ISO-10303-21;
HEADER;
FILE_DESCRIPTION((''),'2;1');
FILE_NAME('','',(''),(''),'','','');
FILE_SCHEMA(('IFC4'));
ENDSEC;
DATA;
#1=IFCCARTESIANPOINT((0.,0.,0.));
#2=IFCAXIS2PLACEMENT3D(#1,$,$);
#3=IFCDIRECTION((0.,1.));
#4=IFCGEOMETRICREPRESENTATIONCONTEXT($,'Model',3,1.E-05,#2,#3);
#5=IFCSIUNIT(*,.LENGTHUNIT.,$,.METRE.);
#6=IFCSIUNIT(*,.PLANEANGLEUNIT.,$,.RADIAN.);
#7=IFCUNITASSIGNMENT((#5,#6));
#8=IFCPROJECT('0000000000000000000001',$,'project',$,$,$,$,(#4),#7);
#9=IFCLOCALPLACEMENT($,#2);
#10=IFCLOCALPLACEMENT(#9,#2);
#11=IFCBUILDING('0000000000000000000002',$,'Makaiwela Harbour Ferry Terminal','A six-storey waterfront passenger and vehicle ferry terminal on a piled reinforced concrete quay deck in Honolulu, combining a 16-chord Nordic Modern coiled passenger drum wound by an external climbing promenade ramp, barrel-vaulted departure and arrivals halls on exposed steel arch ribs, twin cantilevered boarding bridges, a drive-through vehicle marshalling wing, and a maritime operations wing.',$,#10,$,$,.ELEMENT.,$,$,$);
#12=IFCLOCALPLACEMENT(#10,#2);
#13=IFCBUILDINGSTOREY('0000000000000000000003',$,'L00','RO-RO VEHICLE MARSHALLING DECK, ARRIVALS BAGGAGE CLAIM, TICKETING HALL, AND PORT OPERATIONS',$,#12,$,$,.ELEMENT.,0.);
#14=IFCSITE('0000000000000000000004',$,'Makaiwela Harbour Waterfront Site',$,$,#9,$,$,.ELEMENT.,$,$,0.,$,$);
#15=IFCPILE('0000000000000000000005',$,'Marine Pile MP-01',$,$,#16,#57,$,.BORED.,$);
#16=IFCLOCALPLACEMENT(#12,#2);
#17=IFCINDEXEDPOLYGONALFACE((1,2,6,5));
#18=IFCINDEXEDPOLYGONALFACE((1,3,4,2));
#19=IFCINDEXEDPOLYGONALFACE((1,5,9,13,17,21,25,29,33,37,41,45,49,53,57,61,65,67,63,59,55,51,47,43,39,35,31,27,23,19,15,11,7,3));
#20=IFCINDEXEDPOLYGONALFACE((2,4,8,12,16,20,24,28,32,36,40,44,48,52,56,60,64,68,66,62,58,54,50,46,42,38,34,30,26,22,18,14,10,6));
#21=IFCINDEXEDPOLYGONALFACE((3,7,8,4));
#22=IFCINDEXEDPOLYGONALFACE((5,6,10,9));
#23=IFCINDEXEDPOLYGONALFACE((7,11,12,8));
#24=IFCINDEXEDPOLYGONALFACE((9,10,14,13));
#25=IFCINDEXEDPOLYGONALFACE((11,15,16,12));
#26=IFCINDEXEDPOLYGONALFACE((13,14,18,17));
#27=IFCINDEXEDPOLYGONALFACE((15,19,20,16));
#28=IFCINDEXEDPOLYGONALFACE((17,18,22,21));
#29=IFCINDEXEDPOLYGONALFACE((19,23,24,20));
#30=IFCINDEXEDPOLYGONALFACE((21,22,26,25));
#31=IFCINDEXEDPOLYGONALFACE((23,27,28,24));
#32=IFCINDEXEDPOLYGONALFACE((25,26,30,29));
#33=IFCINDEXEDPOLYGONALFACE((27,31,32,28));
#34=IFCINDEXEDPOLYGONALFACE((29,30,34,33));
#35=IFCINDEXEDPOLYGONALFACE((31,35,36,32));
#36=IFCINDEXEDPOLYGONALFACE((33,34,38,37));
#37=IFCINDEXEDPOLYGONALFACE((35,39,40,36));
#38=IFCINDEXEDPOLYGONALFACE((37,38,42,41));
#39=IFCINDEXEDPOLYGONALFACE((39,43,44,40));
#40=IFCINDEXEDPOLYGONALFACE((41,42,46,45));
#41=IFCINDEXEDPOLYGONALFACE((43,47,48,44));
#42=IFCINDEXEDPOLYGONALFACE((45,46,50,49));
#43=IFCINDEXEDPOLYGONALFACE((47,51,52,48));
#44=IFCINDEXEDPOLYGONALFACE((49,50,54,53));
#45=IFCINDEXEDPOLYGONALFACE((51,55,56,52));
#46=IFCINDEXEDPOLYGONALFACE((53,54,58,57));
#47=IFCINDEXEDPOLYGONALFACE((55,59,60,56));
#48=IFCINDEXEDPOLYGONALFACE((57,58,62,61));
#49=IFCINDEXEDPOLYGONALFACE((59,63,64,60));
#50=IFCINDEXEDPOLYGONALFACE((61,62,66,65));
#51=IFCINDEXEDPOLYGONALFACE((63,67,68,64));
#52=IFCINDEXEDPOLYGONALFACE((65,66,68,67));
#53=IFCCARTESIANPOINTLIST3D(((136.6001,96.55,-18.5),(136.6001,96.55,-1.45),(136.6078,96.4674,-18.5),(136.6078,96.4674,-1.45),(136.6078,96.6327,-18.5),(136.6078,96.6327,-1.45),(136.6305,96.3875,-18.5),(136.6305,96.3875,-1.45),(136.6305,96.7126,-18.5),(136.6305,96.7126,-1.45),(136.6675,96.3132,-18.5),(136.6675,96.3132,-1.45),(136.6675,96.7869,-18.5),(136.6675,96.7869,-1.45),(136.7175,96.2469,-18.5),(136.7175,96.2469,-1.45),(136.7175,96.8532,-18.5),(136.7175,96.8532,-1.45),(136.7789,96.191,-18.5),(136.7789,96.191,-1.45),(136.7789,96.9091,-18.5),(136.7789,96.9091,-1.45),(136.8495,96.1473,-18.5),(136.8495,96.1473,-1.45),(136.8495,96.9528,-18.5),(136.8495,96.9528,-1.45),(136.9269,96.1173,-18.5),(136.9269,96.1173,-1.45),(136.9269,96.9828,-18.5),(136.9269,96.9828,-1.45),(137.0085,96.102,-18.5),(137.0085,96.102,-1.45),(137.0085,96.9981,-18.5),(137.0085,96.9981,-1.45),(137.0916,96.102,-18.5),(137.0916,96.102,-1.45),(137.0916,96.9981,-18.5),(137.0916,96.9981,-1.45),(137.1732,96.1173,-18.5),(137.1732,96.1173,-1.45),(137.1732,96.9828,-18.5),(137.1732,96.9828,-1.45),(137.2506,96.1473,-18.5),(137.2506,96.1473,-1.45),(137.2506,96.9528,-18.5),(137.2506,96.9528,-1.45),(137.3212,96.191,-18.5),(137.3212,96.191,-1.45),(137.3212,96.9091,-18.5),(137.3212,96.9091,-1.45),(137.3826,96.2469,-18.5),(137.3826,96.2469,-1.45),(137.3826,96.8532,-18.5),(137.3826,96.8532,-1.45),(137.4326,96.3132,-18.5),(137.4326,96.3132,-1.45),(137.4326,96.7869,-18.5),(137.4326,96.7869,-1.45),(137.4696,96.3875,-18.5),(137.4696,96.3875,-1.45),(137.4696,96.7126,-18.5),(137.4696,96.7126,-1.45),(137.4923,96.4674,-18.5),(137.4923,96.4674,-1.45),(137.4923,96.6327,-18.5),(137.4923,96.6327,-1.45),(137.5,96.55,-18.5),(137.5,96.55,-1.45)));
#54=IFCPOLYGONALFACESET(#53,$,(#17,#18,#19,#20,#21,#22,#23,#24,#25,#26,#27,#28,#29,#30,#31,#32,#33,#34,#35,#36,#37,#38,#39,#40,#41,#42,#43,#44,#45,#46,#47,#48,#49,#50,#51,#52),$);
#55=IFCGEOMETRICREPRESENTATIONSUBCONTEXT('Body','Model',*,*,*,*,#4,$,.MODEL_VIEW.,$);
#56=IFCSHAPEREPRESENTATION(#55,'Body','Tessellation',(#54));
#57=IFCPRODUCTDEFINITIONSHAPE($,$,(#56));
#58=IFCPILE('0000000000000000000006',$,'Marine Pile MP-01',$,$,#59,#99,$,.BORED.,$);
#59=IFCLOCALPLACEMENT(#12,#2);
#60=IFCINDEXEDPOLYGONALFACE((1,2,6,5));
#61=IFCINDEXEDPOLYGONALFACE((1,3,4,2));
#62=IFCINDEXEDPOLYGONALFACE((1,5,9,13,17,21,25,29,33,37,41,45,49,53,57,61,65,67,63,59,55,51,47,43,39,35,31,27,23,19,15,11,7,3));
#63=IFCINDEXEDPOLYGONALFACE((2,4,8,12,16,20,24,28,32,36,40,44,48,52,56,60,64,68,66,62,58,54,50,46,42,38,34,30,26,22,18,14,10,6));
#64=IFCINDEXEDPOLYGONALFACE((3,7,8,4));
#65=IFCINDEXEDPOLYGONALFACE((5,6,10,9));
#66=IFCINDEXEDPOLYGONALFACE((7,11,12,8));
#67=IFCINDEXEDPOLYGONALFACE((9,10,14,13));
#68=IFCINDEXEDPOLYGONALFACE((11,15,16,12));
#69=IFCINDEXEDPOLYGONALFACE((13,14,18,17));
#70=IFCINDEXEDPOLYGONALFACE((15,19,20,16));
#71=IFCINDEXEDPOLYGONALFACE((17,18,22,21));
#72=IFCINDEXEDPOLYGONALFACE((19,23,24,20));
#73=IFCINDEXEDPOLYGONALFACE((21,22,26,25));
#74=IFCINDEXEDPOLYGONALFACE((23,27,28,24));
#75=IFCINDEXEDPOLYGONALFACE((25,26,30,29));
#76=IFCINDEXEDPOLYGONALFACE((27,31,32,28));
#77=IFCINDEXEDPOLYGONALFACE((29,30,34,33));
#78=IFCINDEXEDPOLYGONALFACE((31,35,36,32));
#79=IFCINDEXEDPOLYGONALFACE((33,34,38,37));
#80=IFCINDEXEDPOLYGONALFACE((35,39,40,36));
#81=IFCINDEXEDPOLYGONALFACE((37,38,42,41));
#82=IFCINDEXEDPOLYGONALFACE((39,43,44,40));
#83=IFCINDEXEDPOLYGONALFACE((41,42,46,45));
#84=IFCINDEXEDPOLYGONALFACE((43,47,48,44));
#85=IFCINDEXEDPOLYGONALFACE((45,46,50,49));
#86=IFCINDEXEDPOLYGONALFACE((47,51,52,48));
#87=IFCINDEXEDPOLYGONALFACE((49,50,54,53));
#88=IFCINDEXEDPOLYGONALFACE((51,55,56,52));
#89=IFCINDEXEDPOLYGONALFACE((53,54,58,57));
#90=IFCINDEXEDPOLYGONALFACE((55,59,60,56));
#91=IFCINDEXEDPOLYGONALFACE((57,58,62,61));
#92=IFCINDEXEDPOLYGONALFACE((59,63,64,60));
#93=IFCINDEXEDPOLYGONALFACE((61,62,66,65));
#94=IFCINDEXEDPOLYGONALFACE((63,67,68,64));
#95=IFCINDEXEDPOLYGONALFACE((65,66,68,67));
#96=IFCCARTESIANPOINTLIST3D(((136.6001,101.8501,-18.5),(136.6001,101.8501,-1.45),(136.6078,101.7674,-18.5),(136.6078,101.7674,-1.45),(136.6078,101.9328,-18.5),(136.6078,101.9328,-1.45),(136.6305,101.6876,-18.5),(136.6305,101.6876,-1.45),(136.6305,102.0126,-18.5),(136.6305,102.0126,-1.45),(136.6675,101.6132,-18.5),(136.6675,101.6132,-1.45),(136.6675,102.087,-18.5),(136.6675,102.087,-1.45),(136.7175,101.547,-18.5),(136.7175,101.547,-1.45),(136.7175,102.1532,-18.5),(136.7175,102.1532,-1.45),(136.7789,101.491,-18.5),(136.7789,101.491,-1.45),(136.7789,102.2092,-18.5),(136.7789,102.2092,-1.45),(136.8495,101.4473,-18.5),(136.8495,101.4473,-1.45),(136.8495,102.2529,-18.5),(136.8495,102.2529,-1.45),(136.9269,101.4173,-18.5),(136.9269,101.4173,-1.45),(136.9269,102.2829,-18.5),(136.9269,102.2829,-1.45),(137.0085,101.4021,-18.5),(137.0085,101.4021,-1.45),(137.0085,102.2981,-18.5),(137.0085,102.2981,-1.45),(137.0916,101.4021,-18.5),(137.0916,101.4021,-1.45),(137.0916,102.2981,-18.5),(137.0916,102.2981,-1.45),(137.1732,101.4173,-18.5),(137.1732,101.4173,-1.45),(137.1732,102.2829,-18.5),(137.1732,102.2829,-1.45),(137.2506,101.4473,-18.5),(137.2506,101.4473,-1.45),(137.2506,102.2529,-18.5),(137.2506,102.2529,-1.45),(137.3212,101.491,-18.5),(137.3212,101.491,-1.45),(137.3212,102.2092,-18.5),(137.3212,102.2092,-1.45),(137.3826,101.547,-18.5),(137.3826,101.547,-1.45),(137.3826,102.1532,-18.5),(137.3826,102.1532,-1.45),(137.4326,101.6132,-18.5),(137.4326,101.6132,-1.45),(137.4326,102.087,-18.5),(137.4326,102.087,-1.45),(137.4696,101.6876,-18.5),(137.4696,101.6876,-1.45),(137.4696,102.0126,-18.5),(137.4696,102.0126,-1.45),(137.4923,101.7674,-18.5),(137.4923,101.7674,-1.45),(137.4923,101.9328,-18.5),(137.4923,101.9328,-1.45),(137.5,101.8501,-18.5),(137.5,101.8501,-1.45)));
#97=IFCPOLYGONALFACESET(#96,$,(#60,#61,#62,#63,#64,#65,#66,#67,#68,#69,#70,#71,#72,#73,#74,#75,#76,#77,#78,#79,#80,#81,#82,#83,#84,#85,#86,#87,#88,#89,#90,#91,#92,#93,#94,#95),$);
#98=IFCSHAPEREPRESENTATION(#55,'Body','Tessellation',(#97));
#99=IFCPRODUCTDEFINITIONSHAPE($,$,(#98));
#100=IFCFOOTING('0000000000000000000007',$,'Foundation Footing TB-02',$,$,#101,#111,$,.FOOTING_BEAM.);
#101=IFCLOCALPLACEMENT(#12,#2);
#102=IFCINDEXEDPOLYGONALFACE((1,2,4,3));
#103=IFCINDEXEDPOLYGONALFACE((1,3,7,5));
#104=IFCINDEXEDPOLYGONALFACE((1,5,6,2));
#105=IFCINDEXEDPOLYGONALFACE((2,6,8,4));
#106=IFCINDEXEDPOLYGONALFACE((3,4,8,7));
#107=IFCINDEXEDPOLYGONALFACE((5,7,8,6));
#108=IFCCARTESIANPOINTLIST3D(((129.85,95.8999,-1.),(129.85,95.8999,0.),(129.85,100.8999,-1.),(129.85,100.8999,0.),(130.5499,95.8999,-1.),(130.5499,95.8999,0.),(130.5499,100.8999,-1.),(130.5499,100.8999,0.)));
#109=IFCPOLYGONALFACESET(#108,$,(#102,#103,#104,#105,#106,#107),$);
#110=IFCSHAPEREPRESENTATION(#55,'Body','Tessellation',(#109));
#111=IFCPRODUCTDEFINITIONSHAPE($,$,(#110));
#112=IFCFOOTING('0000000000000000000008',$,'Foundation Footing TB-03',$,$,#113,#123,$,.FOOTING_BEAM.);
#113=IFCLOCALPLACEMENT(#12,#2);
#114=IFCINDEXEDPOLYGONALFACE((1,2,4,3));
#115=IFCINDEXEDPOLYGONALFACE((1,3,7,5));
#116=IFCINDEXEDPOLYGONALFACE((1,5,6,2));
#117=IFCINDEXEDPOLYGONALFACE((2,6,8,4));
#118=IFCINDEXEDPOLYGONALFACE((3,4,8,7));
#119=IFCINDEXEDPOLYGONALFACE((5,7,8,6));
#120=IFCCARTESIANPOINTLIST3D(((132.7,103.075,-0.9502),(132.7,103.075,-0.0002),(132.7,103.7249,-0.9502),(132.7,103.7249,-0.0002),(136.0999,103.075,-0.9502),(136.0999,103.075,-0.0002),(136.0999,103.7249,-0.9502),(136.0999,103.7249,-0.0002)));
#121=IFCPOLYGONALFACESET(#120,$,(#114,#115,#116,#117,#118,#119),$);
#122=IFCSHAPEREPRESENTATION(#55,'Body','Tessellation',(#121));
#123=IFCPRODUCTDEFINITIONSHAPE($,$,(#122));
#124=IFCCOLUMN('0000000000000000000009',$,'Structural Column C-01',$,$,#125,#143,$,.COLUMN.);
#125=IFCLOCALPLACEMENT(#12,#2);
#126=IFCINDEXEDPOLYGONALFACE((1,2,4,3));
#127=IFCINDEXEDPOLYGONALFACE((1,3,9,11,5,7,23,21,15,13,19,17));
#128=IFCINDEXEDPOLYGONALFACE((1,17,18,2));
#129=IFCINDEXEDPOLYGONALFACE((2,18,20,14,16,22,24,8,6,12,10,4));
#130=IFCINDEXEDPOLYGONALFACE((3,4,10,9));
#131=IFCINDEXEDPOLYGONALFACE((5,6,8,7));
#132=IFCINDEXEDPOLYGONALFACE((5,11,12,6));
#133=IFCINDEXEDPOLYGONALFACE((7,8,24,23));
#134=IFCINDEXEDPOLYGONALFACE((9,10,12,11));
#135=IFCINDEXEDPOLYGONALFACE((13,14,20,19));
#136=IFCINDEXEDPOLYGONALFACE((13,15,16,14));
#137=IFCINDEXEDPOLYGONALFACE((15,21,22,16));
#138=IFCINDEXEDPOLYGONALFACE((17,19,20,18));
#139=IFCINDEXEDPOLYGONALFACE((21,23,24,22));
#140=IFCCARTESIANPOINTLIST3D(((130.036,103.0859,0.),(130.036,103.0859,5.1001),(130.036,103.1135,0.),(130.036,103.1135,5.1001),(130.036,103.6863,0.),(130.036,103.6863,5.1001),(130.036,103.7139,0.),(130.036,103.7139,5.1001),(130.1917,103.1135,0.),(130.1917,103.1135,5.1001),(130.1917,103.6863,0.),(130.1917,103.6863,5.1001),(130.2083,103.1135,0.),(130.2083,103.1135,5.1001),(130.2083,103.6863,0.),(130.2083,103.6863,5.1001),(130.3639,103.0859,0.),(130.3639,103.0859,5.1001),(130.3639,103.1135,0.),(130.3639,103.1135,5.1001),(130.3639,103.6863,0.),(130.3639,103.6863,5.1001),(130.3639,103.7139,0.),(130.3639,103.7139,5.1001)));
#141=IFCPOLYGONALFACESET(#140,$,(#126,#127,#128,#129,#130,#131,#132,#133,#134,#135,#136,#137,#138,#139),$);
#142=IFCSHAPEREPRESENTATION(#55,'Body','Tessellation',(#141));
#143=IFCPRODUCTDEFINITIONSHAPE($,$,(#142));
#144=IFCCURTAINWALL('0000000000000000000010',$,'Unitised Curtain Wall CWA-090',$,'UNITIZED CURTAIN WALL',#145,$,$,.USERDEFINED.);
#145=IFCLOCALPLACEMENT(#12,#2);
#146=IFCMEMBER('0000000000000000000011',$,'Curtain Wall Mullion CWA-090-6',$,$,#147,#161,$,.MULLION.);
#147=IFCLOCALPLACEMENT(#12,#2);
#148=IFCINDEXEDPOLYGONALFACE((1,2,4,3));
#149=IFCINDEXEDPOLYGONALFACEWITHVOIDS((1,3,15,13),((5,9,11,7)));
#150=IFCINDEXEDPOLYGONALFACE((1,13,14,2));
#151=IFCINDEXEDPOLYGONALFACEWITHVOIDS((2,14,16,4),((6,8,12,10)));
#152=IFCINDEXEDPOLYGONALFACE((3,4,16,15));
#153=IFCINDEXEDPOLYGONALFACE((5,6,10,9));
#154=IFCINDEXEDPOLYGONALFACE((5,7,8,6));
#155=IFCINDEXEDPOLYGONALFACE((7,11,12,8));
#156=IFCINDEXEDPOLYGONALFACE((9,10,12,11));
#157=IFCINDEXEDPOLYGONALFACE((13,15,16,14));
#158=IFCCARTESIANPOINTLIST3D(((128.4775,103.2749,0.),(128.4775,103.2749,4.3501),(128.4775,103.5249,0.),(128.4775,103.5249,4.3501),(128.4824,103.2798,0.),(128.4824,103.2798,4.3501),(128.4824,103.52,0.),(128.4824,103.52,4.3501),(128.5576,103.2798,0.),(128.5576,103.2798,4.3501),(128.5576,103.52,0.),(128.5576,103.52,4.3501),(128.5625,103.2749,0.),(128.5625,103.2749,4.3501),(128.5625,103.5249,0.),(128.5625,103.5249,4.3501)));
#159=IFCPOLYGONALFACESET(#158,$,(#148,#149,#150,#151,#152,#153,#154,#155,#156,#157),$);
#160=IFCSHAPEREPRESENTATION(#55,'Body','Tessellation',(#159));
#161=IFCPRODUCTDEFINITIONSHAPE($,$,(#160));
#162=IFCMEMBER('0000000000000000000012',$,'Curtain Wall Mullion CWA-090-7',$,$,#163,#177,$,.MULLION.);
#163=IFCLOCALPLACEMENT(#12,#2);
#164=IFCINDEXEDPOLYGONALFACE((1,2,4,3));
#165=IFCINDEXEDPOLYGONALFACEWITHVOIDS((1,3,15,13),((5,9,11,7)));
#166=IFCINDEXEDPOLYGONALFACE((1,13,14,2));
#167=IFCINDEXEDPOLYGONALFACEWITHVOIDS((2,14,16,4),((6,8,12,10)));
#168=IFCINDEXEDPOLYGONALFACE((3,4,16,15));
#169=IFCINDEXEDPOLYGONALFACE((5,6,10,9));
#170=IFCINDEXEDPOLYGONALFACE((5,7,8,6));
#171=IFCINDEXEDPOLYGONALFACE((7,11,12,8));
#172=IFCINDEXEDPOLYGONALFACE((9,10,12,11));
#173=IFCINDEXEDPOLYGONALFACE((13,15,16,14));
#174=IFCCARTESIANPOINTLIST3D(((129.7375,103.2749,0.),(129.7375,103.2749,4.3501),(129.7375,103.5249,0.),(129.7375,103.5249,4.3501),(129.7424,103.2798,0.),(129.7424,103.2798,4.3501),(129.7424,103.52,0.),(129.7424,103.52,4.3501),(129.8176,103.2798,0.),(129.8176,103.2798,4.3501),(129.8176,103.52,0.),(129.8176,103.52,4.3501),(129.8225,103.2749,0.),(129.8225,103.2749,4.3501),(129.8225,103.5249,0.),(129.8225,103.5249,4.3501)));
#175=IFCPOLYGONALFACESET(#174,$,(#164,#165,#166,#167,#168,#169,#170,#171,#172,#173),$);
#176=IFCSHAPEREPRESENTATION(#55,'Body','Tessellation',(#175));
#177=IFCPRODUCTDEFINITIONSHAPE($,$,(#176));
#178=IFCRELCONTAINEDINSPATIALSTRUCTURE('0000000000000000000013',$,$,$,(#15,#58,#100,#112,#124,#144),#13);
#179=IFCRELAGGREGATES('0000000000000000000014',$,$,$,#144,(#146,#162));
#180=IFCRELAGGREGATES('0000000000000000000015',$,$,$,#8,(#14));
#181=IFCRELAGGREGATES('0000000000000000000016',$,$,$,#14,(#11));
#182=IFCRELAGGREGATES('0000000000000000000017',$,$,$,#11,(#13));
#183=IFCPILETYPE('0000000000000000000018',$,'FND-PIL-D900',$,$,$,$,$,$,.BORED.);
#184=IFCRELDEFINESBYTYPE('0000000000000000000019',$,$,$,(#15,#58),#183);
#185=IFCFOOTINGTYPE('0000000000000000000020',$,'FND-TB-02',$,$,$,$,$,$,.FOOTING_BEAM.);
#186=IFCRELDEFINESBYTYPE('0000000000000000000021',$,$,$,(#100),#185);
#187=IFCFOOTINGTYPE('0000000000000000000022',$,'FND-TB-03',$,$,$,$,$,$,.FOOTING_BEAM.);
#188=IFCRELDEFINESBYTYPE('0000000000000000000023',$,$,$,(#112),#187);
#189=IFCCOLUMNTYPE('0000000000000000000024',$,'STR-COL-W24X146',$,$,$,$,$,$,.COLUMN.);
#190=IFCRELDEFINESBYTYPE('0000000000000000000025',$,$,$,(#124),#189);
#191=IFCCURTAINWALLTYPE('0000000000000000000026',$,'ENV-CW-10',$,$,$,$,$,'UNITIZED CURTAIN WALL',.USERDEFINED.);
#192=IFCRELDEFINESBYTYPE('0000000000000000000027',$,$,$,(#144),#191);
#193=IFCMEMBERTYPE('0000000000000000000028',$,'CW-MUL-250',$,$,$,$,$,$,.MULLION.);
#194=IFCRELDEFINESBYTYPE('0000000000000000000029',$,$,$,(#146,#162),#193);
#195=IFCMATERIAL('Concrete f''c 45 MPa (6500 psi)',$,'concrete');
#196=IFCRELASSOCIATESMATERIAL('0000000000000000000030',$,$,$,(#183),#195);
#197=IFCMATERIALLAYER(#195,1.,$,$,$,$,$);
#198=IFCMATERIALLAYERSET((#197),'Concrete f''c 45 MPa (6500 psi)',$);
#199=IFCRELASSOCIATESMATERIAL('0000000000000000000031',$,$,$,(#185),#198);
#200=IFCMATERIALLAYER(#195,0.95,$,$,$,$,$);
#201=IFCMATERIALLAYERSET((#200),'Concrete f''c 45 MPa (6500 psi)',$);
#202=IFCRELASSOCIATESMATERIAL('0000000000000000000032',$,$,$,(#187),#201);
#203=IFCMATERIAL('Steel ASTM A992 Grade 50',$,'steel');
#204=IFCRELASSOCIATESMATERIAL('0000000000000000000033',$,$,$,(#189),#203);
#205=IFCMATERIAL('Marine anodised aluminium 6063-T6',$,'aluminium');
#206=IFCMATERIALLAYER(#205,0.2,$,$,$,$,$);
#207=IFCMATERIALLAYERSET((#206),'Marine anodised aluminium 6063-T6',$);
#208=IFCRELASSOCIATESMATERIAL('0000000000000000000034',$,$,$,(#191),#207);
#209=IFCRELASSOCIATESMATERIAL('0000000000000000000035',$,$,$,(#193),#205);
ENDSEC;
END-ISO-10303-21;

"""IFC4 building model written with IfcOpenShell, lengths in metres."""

from ifc_helpers import new_model, si_unit, direction, frame, origin, origin_2d, place, context, subcontext, project, spatial, rectangle, hollow_rectangle, circle, i_section, extrude, material, layer, layer_set, material_profile, profile_set, type_object, element, aggregate, save


model = new_model("IFC4")

# Units and contexts
model_context = context("Model", 3, precision=1e-05, world=origin(), true_north=direction((0.0, 1.0)))
body_context = subcontext(model_context, "Body", "Model", "MODEL_VIEW")
ifc_project = project(units=[si_unit("LENGTHUNIT", "METRE"), si_unit("PLANEANGLEUNIT", "RADIAN")], contexts=[model_context])

# Site, building, storey
site_placement = place(None, origin())
site = spatial("IfcSite", under=ifc_project, at=site_placement, Name="Makaiwela Harbour Waterfront Site", CompositionType="ELEMENT", RefElevation=0.0)
building_placement = place(site_placement, origin())
building = spatial("IfcBuilding", under=site, at=building_placement, Name="Makaiwela Harbour Ferry Terminal", Description="A six-storey waterfront passenger and vehicle ferry terminal on a piled reinforced concrete quay deck in Honolulu, combining a 16-chord Nordic Modern coiled passenger drum wound by an external climbing promenade ramp, barrel-vaulted departure and arrivals halls on exposed steel arch ribs, twin cantilevered boarding bridges, a drive-through vehicle marshalling wing, and a maritime operations wing.", CompositionType="ELEMENT")
storey_placement = place(building_placement, origin())
storey = spatial("IfcBuildingStorey", under=building, at=storey_placement, Name="L00", Description="RO-RO VEHICLE MARSHALLING DECK, ARRIVALS BAGGAGE CLAIM, TICKETING HALL, AND PORT OPERATIONS", CompositionType="ELEMENT", Elevation=0.0)

# Shared definitions
ifc_material_1 = material(Name="Concrete f'c 45 MPa (6500 psi)", Category="concrete")

# Piles
ifc_material_profile_1 = material_profile(ifc_material_1, circle(Radius=0.45, at=origin_2d()), Name="PILE-D900")
ifc_profile_set_1 = profile_set([ifc_material_profile_1], Name="Concrete f'c 45 MPa (6500 psi)")
pile_type = type_object("IfcPileType", Name="FND-PIL-D900", PredefinedType="BORED", material=ifc_profile_set_1)
for number, where, z_axis, x_axis, name in (
    (1, (137.05, 96.55, -1.45), (0.0, 0.0, -1.0), (1.0, 0.0, 0.0), "Marine Pile MP-01"),
    (2, (137.05, 101.8501, -1.45), (0.0, 0.0, -1.0), (1.0, 0.0, 0.0), "Marine Pile MP-01"),
):
    element("IfcPile", number, at=place(storey_placement, frame(where, z_axis=z_axis, x_axis=x_axis)), inside=storey, type_object=pile_type, Name=name, PredefinedType="BORED", context=body_context, shape_type="SweptSolid", body=[
        extrude(circle(Radius=0.45, at=origin_2d()), origin(), (0.0, 0.0, 1.0), 17.05),
    ])

# Footings
ifc_layer_1 = layer(ifc_material_1, 1.0)
ifc_layer_set_1 = layer_set([ifc_layer_1], Name="Concrete f'c 45 MPa (6500 psi)")
footing_type_1 = type_object("IfcFootingType", Name="FND-TB-02", PredefinedType="FOOTING_BEAM", material=ifc_layer_set_1)
footing_1_placement = place(storey_placement, frame((130.2, 98.3999, -1.0), z_axis=(0.0, 0.0, 1.0), x_axis=(0.0, 1.0, 0.0)))
element("IfcFooting", 3, at=footing_1_placement, inside=storey, type_object=footing_type_1, Name="Foundation Footing TB-02", PredefinedType="FOOTING_BEAM", context=body_context, shape_type="SweptSolid", body=[
    extrude(rectangle(XDim=5.0, YDim=0.7, at=origin_2d()), origin(), (0.0, 0.0, 1.0), 1.0),
])
ifc_layer_2 = layer(ifc_material_1, 0.95)
ifc_layer_set_2 = layer_set([ifc_layer_2], Name="Concrete f'c 45 MPa (6500 psi)")
footing_type_2 = type_object("IfcFootingType", Name="FND-TB-03", PredefinedType="FOOTING_BEAM", material=ifc_layer_set_2)
footing_2_placement = place(storey_placement, frame((134.3999, 103.3999, -0.9502), z_axis=(0.0, 0.0, 1.0), x_axis=(1.0, 0.0, 0.0)))
element("IfcFooting", 4, at=footing_2_placement, inside=storey, type_object=footing_type_2, Name="Foundation Footing TB-03", PredefinedType="FOOTING_BEAM", context=body_context, shape_type="SweptSolid", body=[
    extrude(rectangle(XDim=3.3999, YDim=0.6499, at=origin_2d()), origin(), (0.0, 0.0, 1.0), 0.95),
])

# Column
ifc_material_2 = material(Name="Steel ASTM A992 Grade 50", Category="steel")
ifc_material_profile_2 = material_profile(ifc_material_2, i_section(OverallWidth=0.3279, OverallDepth=0.6279, WebThickness=0.0166, FlangeThickness=0.0276, at=origin_2d()), Name="W24X146")
ifc_profile_set_2 = profile_set([ifc_material_profile_2], Name="Steel ASTM A992 Grade 50")
column_type = type_object("IfcColumnType", Name="STR-COL-W24X146", PredefinedType="COLUMN", material=ifc_profile_set_2)
column_placement = place(storey_placement, frame((130.2, 103.3999, 0.0), z_axis=(0.0, 0.0, 1.0), x_axis=(1.0, 0.0, 0.0)))
element("IfcColumn", 5, at=column_placement, inside=storey, type_object=column_type, Name="Structural Column C-01", PredefinedType="COLUMN", context=body_context, shape_type="SweptSolid", body=[
    extrude(i_section(OverallWidth=0.3279, OverallDepth=0.6279, WebThickness=0.0166, FlangeThickness=0.0276, at=origin_2d()), origin(), (0.0, 0.0, 1.0), 5.1001),
])

# Curtain wall, members
ifc_material_3 = material(Name="Marine anodised aluminium 6063-T6", Category="aluminium")
ifc_layer_3 = layer(ifc_material_3, 0.2)
ifc_layer_set_3 = layer_set([ifc_layer_3], Name="Marine anodised aluminium 6063-T6")
curtain_wall_type = type_object("IfcCurtainWallType", Name="ENV-CW-10", ElementType="UNITIZED CURTAIN WALL", PredefinedType="USERDEFINED", material=ifc_layer_set_3)
curtain_wall_placement = place(storey_placement, origin())
curtain_wall = element("IfcCurtainWall", 6, at=curtain_wall_placement, inside=storey, type_object=curtain_wall_type, Name="Unitised Curtain Wall CWA-090", ObjectType="UNITIZED CURTAIN WALL", PredefinedType="USERDEFINED")
ifc_material_profile_3 = material_profile(ifc_material_3, hollow_rectangle(XDim=0.085, YDim=0.25, WallThickness=0.0049, at=origin_2d()), Name="CWM-250X85")
ifc_profile_set_3 = profile_set([ifc_material_profile_3], Name="Marine anodised aluminium 6063-T6")
member_type_1 = type_object("IfcMemberType", Name="CW-MUL-250", PredefinedType="MULLION", material=ifc_profile_set_3)
member_1_placement = place(storey_placement, frame((128.52, 103.3999, 0.0), z_axis=(0.0, 0.0, 1.0), x_axis=(1.0, 0.0, 0.0)))
member_1 = element("IfcMember", 7, at=member_1_placement, type_object=member_type_1, Name="Curtain Wall Mullion CWA-090-6", PredefinedType="MULLION", context=body_context, shape_type="SweptSolid", body=[
    extrude(hollow_rectangle(XDim=0.085, YDim=0.25, WallThickness=0.0049, at=origin_2d()), origin(), (0.0, 0.0, 1.0), 4.3501),
])
member_2_placement = place(storey_placement, frame((129.78, 103.3999, 0.0), z_axis=(0.0, 0.0, 1.0), x_axis=(1.0, 0.0, 0.0)))
member_2 = element("IfcMember", 8, at=member_2_placement, type_object=member_type_1, Name="Curtain Wall Mullion CWA-090-7", PredefinedType="MULLION", context=body_context, shape_type="SweptSolid", body=[
    extrude(hollow_rectangle(XDim=0.085, YDim=0.25, WallThickness=0.0049, at=origin_2d()), origin(), (0.0, 0.0, 1.0), 4.3501),
])
aggregate(curtain_wall, [member_1, member_2])

save(model, "model.ifc")
